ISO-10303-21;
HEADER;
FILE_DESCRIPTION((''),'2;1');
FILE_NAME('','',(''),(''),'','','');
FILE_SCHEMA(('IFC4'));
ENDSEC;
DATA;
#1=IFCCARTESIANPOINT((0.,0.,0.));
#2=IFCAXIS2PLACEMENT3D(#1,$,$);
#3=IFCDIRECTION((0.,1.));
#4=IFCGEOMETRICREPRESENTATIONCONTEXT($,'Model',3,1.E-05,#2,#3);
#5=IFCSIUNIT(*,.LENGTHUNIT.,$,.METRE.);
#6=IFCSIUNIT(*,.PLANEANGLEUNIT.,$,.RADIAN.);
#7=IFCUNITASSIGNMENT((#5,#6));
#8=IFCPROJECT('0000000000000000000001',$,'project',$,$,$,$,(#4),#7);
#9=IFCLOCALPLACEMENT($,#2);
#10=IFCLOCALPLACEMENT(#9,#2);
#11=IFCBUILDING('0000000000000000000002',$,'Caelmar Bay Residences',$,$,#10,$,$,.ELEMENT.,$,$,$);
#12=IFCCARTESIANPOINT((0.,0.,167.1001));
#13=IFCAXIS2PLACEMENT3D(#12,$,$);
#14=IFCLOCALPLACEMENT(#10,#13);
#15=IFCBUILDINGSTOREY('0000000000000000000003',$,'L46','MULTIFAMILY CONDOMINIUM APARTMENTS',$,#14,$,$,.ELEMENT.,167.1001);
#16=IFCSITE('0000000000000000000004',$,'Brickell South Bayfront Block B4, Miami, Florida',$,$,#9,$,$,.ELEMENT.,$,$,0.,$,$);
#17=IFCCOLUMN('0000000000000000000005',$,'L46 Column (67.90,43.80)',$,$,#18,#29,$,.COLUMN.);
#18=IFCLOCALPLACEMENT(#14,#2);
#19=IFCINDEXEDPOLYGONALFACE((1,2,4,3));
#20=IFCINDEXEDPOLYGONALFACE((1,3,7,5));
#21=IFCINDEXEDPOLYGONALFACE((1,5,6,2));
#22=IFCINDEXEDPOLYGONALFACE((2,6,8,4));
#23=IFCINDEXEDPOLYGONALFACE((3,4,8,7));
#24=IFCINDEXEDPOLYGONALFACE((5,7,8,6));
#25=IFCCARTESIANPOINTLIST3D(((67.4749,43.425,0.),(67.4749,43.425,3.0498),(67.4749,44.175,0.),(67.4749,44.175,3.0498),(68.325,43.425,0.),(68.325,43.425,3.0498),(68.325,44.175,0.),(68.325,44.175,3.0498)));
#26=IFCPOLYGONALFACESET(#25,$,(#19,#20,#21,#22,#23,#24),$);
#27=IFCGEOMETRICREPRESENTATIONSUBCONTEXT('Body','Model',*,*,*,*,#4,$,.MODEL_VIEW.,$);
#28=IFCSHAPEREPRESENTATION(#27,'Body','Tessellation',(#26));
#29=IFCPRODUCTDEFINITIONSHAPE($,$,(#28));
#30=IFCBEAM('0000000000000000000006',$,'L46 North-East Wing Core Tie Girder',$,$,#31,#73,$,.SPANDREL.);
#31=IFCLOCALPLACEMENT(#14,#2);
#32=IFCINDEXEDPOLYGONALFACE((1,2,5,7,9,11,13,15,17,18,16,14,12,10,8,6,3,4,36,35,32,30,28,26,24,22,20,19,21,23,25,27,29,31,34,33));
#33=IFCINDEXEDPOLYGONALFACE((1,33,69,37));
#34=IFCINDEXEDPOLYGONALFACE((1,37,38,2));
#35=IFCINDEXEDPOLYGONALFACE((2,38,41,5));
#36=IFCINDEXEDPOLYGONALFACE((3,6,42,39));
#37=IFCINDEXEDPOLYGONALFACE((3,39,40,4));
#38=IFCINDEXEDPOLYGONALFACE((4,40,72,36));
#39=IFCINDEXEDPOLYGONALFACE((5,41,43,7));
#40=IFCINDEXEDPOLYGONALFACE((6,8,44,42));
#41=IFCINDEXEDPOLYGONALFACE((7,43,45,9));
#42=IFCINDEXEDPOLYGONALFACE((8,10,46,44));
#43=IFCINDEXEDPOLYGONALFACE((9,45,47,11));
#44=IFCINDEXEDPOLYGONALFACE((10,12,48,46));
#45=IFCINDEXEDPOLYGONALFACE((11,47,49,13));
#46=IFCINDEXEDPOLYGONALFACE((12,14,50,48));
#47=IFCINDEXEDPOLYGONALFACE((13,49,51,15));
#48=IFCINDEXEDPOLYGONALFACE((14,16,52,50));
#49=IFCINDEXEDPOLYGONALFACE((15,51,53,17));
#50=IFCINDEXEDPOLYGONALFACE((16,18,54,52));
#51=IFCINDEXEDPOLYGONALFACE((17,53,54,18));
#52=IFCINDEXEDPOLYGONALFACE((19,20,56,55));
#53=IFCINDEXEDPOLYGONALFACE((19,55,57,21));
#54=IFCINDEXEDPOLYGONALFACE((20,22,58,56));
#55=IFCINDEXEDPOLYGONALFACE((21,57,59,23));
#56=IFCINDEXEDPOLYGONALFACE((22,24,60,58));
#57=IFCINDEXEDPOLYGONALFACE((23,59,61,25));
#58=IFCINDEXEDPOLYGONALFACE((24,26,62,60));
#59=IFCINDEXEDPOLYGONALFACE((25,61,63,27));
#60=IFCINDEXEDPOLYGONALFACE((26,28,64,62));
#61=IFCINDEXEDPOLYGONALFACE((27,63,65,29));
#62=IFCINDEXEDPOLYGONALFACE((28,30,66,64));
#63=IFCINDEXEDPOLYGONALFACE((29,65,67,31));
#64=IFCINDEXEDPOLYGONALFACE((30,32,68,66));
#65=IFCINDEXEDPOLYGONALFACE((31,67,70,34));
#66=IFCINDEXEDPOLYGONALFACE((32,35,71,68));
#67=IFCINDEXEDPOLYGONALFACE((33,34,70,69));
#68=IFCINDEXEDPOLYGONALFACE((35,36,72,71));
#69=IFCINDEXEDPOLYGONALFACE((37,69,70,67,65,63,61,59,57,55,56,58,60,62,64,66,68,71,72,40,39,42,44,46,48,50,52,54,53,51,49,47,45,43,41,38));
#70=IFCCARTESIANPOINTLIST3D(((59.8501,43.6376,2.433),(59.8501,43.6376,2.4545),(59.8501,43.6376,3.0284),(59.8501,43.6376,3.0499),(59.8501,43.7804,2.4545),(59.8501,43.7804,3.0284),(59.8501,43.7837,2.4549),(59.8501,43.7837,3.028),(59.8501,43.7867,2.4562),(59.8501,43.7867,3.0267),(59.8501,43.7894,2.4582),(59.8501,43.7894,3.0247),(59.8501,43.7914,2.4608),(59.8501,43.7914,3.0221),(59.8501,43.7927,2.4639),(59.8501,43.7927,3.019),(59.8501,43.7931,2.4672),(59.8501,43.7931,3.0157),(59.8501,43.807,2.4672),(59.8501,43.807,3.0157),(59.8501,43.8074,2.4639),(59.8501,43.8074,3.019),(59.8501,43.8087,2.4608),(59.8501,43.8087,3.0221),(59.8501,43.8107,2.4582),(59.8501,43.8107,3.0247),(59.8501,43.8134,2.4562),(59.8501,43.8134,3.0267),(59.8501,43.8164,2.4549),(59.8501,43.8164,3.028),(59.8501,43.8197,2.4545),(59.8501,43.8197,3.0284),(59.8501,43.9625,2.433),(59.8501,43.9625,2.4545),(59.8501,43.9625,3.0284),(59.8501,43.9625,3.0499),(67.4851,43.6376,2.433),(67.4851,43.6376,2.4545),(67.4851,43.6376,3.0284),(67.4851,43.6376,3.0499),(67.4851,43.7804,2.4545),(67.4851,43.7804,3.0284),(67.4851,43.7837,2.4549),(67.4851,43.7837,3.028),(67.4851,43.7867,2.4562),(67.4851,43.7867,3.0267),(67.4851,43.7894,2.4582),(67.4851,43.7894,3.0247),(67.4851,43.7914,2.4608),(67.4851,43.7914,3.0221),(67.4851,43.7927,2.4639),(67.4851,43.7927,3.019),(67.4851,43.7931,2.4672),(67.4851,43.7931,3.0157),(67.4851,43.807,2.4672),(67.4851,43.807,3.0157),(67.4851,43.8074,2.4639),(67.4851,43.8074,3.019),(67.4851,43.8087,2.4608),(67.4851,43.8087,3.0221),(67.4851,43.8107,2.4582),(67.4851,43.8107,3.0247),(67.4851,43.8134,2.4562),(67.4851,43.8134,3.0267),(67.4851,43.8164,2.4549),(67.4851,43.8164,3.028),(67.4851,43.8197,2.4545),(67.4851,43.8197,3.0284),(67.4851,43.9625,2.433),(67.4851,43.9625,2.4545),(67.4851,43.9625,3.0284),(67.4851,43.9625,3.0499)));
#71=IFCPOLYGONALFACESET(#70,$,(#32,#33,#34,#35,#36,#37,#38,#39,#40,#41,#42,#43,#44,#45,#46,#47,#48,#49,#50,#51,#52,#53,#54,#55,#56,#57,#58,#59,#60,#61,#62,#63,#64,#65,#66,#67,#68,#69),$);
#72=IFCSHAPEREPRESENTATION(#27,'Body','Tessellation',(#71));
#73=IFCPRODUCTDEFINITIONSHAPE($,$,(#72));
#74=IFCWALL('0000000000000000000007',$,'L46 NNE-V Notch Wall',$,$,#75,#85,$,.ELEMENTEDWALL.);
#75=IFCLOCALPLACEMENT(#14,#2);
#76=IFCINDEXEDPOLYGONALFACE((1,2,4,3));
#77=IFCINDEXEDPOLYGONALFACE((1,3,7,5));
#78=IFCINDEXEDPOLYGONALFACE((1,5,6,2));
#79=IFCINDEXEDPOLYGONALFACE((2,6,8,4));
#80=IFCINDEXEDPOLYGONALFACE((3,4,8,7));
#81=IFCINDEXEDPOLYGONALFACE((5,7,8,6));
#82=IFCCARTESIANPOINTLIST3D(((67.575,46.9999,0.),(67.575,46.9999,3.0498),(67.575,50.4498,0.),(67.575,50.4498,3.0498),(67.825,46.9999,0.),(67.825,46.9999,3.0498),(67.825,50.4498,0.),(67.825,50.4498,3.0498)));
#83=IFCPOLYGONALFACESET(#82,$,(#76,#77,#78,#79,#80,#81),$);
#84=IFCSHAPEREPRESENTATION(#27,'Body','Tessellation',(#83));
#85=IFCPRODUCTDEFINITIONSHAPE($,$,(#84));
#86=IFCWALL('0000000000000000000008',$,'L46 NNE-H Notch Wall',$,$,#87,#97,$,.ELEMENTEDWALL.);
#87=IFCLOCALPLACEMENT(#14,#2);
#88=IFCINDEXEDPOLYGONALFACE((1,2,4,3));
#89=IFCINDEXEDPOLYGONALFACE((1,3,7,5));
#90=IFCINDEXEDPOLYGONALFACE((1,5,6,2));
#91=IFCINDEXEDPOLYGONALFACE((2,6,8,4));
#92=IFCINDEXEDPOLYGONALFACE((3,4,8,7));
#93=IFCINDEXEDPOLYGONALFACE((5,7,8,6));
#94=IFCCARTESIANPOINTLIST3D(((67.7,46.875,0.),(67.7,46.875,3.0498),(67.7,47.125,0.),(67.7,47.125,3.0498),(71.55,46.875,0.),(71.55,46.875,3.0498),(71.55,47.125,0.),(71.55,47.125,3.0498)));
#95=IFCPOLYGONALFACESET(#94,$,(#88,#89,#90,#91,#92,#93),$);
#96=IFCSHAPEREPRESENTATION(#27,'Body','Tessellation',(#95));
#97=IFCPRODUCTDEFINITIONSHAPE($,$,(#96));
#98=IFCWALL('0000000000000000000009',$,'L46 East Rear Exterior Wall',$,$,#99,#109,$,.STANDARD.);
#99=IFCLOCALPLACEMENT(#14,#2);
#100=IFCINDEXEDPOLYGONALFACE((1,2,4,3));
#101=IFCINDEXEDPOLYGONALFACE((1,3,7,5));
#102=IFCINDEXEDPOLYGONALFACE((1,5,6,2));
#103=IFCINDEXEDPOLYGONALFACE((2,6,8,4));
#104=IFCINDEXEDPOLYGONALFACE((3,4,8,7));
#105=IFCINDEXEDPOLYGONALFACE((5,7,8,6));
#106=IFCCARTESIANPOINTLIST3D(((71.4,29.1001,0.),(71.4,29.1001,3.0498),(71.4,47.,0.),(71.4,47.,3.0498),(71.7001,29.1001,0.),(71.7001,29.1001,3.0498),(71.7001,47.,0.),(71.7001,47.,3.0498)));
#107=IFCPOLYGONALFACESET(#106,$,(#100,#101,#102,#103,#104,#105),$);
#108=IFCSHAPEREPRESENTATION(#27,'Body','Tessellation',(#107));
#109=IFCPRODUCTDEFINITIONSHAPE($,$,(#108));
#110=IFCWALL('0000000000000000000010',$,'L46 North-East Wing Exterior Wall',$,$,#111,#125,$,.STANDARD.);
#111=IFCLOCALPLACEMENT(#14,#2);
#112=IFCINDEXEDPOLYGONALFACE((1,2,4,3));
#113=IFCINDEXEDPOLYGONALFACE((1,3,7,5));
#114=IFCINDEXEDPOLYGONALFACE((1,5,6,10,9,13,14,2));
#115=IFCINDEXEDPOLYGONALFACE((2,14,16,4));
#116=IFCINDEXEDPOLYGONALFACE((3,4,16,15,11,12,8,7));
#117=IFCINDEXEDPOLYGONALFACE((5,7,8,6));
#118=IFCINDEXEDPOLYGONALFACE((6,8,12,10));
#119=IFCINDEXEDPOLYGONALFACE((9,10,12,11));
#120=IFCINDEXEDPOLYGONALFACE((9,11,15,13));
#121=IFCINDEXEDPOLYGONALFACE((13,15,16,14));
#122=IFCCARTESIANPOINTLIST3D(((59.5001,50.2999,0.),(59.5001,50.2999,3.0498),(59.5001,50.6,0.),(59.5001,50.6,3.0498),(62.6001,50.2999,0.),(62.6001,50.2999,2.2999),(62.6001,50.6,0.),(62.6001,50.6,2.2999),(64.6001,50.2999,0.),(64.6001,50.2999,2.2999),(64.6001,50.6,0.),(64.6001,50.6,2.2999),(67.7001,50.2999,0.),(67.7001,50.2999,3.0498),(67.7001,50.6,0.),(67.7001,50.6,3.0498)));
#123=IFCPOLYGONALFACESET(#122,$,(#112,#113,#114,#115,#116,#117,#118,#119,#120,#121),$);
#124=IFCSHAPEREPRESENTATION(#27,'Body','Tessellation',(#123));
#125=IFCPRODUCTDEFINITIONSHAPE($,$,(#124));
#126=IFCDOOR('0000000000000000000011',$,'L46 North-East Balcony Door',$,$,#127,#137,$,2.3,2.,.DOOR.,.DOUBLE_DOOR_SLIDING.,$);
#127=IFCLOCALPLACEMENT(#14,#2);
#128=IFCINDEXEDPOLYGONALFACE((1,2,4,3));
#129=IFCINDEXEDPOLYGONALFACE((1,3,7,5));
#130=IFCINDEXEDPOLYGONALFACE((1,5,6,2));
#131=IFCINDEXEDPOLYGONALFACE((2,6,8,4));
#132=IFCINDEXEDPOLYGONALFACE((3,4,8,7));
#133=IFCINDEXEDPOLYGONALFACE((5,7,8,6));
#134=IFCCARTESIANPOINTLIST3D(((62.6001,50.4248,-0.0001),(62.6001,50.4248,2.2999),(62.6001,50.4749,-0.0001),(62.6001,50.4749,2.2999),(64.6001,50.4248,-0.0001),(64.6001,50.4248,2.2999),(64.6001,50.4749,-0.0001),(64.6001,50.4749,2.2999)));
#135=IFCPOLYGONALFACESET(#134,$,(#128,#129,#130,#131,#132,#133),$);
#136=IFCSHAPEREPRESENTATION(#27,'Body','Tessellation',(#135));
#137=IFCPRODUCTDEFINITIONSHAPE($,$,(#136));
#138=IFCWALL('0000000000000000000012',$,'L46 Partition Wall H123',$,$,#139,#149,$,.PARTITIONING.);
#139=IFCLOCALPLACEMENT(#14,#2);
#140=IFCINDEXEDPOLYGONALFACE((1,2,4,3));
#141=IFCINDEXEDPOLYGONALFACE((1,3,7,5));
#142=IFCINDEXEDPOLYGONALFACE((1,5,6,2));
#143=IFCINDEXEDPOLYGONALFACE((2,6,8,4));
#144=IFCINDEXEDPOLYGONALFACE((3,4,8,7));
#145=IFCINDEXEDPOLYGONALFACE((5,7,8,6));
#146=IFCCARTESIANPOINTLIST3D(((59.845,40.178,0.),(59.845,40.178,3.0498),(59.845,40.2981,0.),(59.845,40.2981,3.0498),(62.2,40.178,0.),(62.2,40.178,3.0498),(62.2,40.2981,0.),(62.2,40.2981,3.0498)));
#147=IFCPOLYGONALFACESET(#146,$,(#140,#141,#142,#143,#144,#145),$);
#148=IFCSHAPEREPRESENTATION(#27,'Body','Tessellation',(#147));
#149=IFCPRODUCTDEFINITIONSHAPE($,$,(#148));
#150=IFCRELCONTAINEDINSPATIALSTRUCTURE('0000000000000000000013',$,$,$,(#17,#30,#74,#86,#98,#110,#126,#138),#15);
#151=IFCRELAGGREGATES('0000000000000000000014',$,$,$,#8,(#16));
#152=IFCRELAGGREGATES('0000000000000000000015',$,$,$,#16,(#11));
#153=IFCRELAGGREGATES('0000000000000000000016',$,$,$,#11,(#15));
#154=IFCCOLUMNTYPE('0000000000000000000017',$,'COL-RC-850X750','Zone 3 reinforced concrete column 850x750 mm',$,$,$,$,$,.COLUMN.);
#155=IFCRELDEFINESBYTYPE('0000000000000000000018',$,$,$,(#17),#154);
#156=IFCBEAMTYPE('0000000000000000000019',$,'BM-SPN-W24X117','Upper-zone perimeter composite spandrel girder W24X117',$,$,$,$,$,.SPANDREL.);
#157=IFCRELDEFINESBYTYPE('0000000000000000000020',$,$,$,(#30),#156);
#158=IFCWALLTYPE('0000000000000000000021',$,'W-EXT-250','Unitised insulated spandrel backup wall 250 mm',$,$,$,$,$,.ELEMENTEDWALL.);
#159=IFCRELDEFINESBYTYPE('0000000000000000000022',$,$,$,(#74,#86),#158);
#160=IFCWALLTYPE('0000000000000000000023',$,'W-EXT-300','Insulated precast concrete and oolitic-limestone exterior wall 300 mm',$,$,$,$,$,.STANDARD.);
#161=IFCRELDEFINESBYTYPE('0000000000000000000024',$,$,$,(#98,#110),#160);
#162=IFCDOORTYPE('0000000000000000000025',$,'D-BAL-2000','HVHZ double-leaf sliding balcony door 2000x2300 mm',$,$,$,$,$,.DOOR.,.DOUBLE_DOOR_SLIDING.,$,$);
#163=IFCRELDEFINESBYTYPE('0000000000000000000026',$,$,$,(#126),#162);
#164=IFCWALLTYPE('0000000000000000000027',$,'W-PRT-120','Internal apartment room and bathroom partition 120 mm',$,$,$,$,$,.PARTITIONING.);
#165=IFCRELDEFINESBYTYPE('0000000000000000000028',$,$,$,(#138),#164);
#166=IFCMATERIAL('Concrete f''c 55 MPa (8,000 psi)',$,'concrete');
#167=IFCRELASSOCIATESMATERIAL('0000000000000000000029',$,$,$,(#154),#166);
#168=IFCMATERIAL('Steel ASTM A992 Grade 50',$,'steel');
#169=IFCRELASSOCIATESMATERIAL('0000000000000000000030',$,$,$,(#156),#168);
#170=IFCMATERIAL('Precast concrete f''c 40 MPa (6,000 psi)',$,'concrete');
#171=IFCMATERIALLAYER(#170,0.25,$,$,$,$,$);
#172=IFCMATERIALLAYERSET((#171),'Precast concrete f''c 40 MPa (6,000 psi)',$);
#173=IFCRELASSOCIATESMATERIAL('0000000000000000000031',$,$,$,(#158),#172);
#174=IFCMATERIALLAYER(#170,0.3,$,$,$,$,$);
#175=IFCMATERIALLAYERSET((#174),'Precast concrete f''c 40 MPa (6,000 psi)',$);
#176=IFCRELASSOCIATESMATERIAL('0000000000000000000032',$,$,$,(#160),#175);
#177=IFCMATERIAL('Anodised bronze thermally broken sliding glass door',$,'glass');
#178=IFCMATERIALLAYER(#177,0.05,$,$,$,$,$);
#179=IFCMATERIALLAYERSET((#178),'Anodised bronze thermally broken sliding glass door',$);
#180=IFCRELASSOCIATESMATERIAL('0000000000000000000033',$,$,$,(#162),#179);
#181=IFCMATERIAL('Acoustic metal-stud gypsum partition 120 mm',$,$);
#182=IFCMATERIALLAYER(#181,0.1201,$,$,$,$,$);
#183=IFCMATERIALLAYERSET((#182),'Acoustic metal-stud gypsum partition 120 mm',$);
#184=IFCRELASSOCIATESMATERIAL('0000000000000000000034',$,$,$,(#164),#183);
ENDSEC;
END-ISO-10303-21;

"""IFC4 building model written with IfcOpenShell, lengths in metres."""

from ifc_helpers import new_model, si_unit, direction, frame, frame_2d, origin, origin_2d, place, context, subcontext, project, spatial, rectangle, i_section, extrude, material, layer, layer_set, material_profile, profile_set, type_object, element, fill, save


model = new_model("IFC4")

# Units and contexts
model_context = context("Model", 3, precision=1e-05, world=origin(), true_north=direction((0.0, 1.0)))
body_context = subcontext(model_context, "Body", "Model", "MODEL_VIEW")
ifc_project = project(units=[si_unit("LENGTHUNIT", "METRE"), si_unit("PLANEANGLEUNIT", "RADIAN")], contexts=[model_context])

# Site, building, storey
site_placement = place(None, origin())
site = spatial("IfcSite", under=ifc_project, at=site_placement, Name="Brickell South Bayfront Block B4, Miami, Florida", CompositionType="ELEMENT", RefElevation=0.0)
building_placement = place(site_placement, origin())
building = spatial("IfcBuilding", under=site, at=building_placement, Name="Caelmar Bay Residences", CompositionType="ELEMENT")
storey_placement = place(building_placement, frame((0.0, 0.0, 167.1001)))
storey = spatial("IfcBuildingStorey", under=building, at=storey_placement, Name="L46", Description="MULTIFAMILY CONDOMINIUM APARTMENTS", CompositionType="ELEMENT", Elevation=167.1001)

# Column
ifc_material_1 = material(Name="Concrete f'c 55 MPa (8,000 psi)", Category="concrete")
ifc_material_profile_1 = material_profile(ifc_material_1, rectangle(XDim=0.8501, YDim=0.75, at=origin_2d()), Name="RC-COL-850X750")
ifc_profile_set_1 = profile_set([ifc_material_profile_1], Name="Concrete f'c 55 MPa (8,000 psi)")
column_type = type_object("IfcColumnType", Name="COL-RC-850X750", Description="Zone 3 reinforced concrete column 850x750 mm", PredefinedType="COLUMN", material=ifc_profile_set_1)
column_placement = place(storey_placement, frame((67.8999, 43.8, 0.0), z_axis=(0.0, 0.0, 1.0), x_axis=(1.0, 0.0, 0.0)))
element("IfcColumn", 1, at=column_placement, inside=storey, type_object=column_type, Name="L46 Column (67.90,43.80)", PredefinedType="COLUMN", context=body_context, shape_type="SweptSolid", body=[
    extrude(rectangle(XDim=0.8501, YDim=0.75, at=origin_2d()), origin(), (0.0, 0.0, 1.0), 3.0498),
])

# Beam
ifc_material_2 = material(Name="Steel ASTM A992 Grade 50", Category="steel")
ifc_material_profile_2 = material_profile(ifc_material_2, i_section(OverallWidth=0.325, OverallDepth=0.6169, WebThickness=0.0139, FlangeThickness=0.0215, FilletRadius=0.0127, at=origin_2d()), Name="W24X117")
ifc_profile_set_2 = profile_set([ifc_material_profile_2], Name="Steel ASTM A992 Grade 50")
beam_type = type_object("IfcBeamType", Name="BM-SPN-W24X117", Description="Upper-zone perimeter composite spandrel girder W24X117", PredefinedType="SPANDREL", material=ifc_profile_set_2)
beam_placement = place(storey_placement, frame((59.8501, 43.8, 2.7415), z_axis=(1.0, 0.0, 0.0), x_axis=(0.0, 1.0, 0.0)))
element("IfcBeam", 2, at=beam_placement, inside=storey, type_object=beam_type, Name="L46 North-East Wing Core Tie Girder", PredefinedType="SPANDREL", context=body_context, shape_type="SweptSolid", body=[
    extrude(i_section(OverallWidth=0.325, OverallDepth=0.6169, WebThickness=0.0139, FlangeThickness=0.0215, FilletRadius=0.0127, at=origin_2d()), origin(), (0.0, 0.0, 1.0), 7.635),
])

# Walls
ifc_material_3 = material(Name="Precast concrete f'c 40 MPa (6,000 psi)", Category="concrete")
ifc_layer_1 = layer(ifc_material_3, 0.25)
ifc_layer_set_1 = layer_set([ifc_layer_1], Name="Precast concrete f'c 40 MPa (6,000 psi)")
wall_type_1 = type_object("IfcWallType", Name="W-EXT-250", Description="Unitised insulated spandrel backup wall 250 mm", PredefinedType="ELEMENTEDWALL", material=ifc_layer_set_1)
wall_1_placement = place(storey_placement, frame((67.7, 50.45, 0.0), z_axis=(0.0, 0.0, 1.0), x_axis=(0.0, -1.0, 0.0)))
element("IfcWall", 3, at=wall_1_placement, inside=storey, type_object=wall_type_1, Name="L46 NNE-V Notch Wall", PredefinedType="ELEMENTEDWALL", context=body_context, shape_type="SweptSolid", body=[
    extrude(rectangle(XDim=3.45, YDim=0.25, at=frame_2d((1.7251, 0.0))), origin(), (0.0, 0.0, 1.0), 3.0498),
])
wall_2_placement = place(storey_placement, frame((67.7, 47.0, 0.0), z_axis=(0.0, 0.0, 1.0), x_axis=(1.0, 0.0, 0.0)))
element("IfcWall", 4, at=wall_2_placement, inside=storey, type_object=wall_type_1, Name="L46 NNE-H Notch Wall", PredefinedType="ELEMENTEDWALL", context=body_context, shape_type="SweptSolid", body=[
    extrude(rectangle(XDim=3.8501, YDim=0.25, at=frame_2d((1.925, 0.0))), origin(), (0.0, 0.0, 1.0), 3.0498),
])
ifc_layer_2 = layer(ifc_material_3, 0.3)
ifc_layer_set_2 = layer_set([ifc_layer_2], Name="Precast concrete f'c 40 MPa (6,000 psi)")
wall_type_2 = type_object("IfcWallType", Name="W-EXT-300", Description="Insulated precast concrete and oolitic-limestone exterior wall 300 mm", PredefinedType="STANDARD", material=ifc_layer_set_2)
wall_3_placement = place(storey_placement, frame((71.55, 47.0, 0.0), z_axis=(0.0, 0.0, 1.0), x_axis=(0.0, -1.0, 0.0)))
element("IfcWall", 5, at=wall_3_placement, inside=storey, type_object=wall_type_2, Name="L46 East Rear Exterior Wall", PredefinedType="STANDARD", context=body_context, shape_type="SweptSolid", body=[
    extrude(rectangle(XDim=17.8999, YDim=0.3, at=frame_2d((8.95, 0.0))), origin(), (0.0, 0.0, 1.0), 3.0498),
])

# Wall, opening, door
wall_4_placement = place(storey_placement, frame((59.5, 50.45, 0.0), z_axis=(0.0, 0.0, 1.0), x_axis=(1.0, 0.0, 0.0)))
wall_4 = element("IfcWall", 6, at=wall_4_placement, inside=storey, type_object=wall_type_2, Name="L46 North-East Wing Exterior Wall", PredefinedType="STANDARD", context=body_context, shape_type="SweptSolid", body=[
    extrude(rectangle(XDim=8.2, YDim=0.3, at=frame_2d((4.1001, 0.0))), origin(), (0.0, 0.0, 1.0), 3.0498),
])
opening_1_placement = place(wall_4_placement, frame((3.1001, 0.0, 0.0)))
opening_1 = element("IfcOpeningElement", 7, at=opening_1_placement, cuts=wall_4, PredefinedType="OPENING", context=body_context, shape_type="SweptSolid", body=[
    extrude(rectangle(XDim=2.0, YDim=2.3, at=frame_2d((1.0, 1.1499))), frame((0.0, 0.1599, 0.0), z_axis=(0.0, -1.0, 0.0), x_axis=(1.0, 0.0, 0.0)), (0.0, 0.0, 1.0), 0.3201),
])
ifc_material_4 = material(Name="Anodised bronze thermally broken sliding glass door", Category="glass")
ifc_layer_3 = layer(ifc_material_4, 0.05)
ifc_layer_set_3 = layer_set([ifc_layer_3], Name="Anodised bronze thermally broken sliding glass door")
door_type_1 = type_object("IfcDoorType", Name="D-BAL-2000", Description="HVHZ double-leaf sliding balcony door 2000x2300 mm", OperationType="DOUBLE_DOOR_SLIDING", PredefinedType="DOOR", material=ifc_layer_set_3)
door_1_placement = place(opening_1_placement, origin())
door_1 = element("IfcDoor", 8, at=door_1_placement, inside=storey, type_object=door_type_1, Name="L46 North-East Balcony Door", OperationType="DOUBLE_DOOR_SLIDING", OverallHeight=2.3, OverallWidth=2.0, PredefinedType="DOOR", context=body_context, shape_type="SweptSolid", body=[
    extrude(rectangle(XDim=2.0, YDim=2.3, at=frame_2d((1.0, 1.1499))), frame((0.0, 0.0249, 0.0), z_axis=(0.0, -1.0, 0.0), x_axis=(1.0, 0.0, 0.0)), (0.0, 0.0, 1.0), 0.05),
])
fill(opening_1, door_1)
ifc_material_5 = material(Name="Acoustic metal-stud gypsum partition 120 mm")
ifc_layer_4 = layer(ifc_material_5, 0.1201)
ifc_layer_set_4 = layer_set([ifc_layer_4], Name="Acoustic metal-stud gypsum partition 120 mm")
wall_type_3 = type_object("IfcWallType", Name="W-PRT-120", Description="Internal apartment room and bathroom partition 120 mm", PredefinedType="PARTITIONING", material=ifc_layer_set_4)

# Wall
wall_5_placement = place(storey_placement, frame((59.845, 40.238, 0.0), z_axis=(0.0, 0.0, 1.0), x_axis=(1.0, 0.0, 0.0)))
element("IfcWall", 9, at=wall_5_placement, inside=storey, type_object=wall_type_3, Name="L46 Partition Wall H123", PredefinedType="PARTITIONING", context=body_context, shape_type="SweptSolid", body=[
    extrude(rectangle(XDim=2.355, YDim=0.1201, at=frame_2d((1.1775, 0.0))), origin(), (0.0, 0.0, 1.0), 3.0498),
])

save(model, "model.ifc")
